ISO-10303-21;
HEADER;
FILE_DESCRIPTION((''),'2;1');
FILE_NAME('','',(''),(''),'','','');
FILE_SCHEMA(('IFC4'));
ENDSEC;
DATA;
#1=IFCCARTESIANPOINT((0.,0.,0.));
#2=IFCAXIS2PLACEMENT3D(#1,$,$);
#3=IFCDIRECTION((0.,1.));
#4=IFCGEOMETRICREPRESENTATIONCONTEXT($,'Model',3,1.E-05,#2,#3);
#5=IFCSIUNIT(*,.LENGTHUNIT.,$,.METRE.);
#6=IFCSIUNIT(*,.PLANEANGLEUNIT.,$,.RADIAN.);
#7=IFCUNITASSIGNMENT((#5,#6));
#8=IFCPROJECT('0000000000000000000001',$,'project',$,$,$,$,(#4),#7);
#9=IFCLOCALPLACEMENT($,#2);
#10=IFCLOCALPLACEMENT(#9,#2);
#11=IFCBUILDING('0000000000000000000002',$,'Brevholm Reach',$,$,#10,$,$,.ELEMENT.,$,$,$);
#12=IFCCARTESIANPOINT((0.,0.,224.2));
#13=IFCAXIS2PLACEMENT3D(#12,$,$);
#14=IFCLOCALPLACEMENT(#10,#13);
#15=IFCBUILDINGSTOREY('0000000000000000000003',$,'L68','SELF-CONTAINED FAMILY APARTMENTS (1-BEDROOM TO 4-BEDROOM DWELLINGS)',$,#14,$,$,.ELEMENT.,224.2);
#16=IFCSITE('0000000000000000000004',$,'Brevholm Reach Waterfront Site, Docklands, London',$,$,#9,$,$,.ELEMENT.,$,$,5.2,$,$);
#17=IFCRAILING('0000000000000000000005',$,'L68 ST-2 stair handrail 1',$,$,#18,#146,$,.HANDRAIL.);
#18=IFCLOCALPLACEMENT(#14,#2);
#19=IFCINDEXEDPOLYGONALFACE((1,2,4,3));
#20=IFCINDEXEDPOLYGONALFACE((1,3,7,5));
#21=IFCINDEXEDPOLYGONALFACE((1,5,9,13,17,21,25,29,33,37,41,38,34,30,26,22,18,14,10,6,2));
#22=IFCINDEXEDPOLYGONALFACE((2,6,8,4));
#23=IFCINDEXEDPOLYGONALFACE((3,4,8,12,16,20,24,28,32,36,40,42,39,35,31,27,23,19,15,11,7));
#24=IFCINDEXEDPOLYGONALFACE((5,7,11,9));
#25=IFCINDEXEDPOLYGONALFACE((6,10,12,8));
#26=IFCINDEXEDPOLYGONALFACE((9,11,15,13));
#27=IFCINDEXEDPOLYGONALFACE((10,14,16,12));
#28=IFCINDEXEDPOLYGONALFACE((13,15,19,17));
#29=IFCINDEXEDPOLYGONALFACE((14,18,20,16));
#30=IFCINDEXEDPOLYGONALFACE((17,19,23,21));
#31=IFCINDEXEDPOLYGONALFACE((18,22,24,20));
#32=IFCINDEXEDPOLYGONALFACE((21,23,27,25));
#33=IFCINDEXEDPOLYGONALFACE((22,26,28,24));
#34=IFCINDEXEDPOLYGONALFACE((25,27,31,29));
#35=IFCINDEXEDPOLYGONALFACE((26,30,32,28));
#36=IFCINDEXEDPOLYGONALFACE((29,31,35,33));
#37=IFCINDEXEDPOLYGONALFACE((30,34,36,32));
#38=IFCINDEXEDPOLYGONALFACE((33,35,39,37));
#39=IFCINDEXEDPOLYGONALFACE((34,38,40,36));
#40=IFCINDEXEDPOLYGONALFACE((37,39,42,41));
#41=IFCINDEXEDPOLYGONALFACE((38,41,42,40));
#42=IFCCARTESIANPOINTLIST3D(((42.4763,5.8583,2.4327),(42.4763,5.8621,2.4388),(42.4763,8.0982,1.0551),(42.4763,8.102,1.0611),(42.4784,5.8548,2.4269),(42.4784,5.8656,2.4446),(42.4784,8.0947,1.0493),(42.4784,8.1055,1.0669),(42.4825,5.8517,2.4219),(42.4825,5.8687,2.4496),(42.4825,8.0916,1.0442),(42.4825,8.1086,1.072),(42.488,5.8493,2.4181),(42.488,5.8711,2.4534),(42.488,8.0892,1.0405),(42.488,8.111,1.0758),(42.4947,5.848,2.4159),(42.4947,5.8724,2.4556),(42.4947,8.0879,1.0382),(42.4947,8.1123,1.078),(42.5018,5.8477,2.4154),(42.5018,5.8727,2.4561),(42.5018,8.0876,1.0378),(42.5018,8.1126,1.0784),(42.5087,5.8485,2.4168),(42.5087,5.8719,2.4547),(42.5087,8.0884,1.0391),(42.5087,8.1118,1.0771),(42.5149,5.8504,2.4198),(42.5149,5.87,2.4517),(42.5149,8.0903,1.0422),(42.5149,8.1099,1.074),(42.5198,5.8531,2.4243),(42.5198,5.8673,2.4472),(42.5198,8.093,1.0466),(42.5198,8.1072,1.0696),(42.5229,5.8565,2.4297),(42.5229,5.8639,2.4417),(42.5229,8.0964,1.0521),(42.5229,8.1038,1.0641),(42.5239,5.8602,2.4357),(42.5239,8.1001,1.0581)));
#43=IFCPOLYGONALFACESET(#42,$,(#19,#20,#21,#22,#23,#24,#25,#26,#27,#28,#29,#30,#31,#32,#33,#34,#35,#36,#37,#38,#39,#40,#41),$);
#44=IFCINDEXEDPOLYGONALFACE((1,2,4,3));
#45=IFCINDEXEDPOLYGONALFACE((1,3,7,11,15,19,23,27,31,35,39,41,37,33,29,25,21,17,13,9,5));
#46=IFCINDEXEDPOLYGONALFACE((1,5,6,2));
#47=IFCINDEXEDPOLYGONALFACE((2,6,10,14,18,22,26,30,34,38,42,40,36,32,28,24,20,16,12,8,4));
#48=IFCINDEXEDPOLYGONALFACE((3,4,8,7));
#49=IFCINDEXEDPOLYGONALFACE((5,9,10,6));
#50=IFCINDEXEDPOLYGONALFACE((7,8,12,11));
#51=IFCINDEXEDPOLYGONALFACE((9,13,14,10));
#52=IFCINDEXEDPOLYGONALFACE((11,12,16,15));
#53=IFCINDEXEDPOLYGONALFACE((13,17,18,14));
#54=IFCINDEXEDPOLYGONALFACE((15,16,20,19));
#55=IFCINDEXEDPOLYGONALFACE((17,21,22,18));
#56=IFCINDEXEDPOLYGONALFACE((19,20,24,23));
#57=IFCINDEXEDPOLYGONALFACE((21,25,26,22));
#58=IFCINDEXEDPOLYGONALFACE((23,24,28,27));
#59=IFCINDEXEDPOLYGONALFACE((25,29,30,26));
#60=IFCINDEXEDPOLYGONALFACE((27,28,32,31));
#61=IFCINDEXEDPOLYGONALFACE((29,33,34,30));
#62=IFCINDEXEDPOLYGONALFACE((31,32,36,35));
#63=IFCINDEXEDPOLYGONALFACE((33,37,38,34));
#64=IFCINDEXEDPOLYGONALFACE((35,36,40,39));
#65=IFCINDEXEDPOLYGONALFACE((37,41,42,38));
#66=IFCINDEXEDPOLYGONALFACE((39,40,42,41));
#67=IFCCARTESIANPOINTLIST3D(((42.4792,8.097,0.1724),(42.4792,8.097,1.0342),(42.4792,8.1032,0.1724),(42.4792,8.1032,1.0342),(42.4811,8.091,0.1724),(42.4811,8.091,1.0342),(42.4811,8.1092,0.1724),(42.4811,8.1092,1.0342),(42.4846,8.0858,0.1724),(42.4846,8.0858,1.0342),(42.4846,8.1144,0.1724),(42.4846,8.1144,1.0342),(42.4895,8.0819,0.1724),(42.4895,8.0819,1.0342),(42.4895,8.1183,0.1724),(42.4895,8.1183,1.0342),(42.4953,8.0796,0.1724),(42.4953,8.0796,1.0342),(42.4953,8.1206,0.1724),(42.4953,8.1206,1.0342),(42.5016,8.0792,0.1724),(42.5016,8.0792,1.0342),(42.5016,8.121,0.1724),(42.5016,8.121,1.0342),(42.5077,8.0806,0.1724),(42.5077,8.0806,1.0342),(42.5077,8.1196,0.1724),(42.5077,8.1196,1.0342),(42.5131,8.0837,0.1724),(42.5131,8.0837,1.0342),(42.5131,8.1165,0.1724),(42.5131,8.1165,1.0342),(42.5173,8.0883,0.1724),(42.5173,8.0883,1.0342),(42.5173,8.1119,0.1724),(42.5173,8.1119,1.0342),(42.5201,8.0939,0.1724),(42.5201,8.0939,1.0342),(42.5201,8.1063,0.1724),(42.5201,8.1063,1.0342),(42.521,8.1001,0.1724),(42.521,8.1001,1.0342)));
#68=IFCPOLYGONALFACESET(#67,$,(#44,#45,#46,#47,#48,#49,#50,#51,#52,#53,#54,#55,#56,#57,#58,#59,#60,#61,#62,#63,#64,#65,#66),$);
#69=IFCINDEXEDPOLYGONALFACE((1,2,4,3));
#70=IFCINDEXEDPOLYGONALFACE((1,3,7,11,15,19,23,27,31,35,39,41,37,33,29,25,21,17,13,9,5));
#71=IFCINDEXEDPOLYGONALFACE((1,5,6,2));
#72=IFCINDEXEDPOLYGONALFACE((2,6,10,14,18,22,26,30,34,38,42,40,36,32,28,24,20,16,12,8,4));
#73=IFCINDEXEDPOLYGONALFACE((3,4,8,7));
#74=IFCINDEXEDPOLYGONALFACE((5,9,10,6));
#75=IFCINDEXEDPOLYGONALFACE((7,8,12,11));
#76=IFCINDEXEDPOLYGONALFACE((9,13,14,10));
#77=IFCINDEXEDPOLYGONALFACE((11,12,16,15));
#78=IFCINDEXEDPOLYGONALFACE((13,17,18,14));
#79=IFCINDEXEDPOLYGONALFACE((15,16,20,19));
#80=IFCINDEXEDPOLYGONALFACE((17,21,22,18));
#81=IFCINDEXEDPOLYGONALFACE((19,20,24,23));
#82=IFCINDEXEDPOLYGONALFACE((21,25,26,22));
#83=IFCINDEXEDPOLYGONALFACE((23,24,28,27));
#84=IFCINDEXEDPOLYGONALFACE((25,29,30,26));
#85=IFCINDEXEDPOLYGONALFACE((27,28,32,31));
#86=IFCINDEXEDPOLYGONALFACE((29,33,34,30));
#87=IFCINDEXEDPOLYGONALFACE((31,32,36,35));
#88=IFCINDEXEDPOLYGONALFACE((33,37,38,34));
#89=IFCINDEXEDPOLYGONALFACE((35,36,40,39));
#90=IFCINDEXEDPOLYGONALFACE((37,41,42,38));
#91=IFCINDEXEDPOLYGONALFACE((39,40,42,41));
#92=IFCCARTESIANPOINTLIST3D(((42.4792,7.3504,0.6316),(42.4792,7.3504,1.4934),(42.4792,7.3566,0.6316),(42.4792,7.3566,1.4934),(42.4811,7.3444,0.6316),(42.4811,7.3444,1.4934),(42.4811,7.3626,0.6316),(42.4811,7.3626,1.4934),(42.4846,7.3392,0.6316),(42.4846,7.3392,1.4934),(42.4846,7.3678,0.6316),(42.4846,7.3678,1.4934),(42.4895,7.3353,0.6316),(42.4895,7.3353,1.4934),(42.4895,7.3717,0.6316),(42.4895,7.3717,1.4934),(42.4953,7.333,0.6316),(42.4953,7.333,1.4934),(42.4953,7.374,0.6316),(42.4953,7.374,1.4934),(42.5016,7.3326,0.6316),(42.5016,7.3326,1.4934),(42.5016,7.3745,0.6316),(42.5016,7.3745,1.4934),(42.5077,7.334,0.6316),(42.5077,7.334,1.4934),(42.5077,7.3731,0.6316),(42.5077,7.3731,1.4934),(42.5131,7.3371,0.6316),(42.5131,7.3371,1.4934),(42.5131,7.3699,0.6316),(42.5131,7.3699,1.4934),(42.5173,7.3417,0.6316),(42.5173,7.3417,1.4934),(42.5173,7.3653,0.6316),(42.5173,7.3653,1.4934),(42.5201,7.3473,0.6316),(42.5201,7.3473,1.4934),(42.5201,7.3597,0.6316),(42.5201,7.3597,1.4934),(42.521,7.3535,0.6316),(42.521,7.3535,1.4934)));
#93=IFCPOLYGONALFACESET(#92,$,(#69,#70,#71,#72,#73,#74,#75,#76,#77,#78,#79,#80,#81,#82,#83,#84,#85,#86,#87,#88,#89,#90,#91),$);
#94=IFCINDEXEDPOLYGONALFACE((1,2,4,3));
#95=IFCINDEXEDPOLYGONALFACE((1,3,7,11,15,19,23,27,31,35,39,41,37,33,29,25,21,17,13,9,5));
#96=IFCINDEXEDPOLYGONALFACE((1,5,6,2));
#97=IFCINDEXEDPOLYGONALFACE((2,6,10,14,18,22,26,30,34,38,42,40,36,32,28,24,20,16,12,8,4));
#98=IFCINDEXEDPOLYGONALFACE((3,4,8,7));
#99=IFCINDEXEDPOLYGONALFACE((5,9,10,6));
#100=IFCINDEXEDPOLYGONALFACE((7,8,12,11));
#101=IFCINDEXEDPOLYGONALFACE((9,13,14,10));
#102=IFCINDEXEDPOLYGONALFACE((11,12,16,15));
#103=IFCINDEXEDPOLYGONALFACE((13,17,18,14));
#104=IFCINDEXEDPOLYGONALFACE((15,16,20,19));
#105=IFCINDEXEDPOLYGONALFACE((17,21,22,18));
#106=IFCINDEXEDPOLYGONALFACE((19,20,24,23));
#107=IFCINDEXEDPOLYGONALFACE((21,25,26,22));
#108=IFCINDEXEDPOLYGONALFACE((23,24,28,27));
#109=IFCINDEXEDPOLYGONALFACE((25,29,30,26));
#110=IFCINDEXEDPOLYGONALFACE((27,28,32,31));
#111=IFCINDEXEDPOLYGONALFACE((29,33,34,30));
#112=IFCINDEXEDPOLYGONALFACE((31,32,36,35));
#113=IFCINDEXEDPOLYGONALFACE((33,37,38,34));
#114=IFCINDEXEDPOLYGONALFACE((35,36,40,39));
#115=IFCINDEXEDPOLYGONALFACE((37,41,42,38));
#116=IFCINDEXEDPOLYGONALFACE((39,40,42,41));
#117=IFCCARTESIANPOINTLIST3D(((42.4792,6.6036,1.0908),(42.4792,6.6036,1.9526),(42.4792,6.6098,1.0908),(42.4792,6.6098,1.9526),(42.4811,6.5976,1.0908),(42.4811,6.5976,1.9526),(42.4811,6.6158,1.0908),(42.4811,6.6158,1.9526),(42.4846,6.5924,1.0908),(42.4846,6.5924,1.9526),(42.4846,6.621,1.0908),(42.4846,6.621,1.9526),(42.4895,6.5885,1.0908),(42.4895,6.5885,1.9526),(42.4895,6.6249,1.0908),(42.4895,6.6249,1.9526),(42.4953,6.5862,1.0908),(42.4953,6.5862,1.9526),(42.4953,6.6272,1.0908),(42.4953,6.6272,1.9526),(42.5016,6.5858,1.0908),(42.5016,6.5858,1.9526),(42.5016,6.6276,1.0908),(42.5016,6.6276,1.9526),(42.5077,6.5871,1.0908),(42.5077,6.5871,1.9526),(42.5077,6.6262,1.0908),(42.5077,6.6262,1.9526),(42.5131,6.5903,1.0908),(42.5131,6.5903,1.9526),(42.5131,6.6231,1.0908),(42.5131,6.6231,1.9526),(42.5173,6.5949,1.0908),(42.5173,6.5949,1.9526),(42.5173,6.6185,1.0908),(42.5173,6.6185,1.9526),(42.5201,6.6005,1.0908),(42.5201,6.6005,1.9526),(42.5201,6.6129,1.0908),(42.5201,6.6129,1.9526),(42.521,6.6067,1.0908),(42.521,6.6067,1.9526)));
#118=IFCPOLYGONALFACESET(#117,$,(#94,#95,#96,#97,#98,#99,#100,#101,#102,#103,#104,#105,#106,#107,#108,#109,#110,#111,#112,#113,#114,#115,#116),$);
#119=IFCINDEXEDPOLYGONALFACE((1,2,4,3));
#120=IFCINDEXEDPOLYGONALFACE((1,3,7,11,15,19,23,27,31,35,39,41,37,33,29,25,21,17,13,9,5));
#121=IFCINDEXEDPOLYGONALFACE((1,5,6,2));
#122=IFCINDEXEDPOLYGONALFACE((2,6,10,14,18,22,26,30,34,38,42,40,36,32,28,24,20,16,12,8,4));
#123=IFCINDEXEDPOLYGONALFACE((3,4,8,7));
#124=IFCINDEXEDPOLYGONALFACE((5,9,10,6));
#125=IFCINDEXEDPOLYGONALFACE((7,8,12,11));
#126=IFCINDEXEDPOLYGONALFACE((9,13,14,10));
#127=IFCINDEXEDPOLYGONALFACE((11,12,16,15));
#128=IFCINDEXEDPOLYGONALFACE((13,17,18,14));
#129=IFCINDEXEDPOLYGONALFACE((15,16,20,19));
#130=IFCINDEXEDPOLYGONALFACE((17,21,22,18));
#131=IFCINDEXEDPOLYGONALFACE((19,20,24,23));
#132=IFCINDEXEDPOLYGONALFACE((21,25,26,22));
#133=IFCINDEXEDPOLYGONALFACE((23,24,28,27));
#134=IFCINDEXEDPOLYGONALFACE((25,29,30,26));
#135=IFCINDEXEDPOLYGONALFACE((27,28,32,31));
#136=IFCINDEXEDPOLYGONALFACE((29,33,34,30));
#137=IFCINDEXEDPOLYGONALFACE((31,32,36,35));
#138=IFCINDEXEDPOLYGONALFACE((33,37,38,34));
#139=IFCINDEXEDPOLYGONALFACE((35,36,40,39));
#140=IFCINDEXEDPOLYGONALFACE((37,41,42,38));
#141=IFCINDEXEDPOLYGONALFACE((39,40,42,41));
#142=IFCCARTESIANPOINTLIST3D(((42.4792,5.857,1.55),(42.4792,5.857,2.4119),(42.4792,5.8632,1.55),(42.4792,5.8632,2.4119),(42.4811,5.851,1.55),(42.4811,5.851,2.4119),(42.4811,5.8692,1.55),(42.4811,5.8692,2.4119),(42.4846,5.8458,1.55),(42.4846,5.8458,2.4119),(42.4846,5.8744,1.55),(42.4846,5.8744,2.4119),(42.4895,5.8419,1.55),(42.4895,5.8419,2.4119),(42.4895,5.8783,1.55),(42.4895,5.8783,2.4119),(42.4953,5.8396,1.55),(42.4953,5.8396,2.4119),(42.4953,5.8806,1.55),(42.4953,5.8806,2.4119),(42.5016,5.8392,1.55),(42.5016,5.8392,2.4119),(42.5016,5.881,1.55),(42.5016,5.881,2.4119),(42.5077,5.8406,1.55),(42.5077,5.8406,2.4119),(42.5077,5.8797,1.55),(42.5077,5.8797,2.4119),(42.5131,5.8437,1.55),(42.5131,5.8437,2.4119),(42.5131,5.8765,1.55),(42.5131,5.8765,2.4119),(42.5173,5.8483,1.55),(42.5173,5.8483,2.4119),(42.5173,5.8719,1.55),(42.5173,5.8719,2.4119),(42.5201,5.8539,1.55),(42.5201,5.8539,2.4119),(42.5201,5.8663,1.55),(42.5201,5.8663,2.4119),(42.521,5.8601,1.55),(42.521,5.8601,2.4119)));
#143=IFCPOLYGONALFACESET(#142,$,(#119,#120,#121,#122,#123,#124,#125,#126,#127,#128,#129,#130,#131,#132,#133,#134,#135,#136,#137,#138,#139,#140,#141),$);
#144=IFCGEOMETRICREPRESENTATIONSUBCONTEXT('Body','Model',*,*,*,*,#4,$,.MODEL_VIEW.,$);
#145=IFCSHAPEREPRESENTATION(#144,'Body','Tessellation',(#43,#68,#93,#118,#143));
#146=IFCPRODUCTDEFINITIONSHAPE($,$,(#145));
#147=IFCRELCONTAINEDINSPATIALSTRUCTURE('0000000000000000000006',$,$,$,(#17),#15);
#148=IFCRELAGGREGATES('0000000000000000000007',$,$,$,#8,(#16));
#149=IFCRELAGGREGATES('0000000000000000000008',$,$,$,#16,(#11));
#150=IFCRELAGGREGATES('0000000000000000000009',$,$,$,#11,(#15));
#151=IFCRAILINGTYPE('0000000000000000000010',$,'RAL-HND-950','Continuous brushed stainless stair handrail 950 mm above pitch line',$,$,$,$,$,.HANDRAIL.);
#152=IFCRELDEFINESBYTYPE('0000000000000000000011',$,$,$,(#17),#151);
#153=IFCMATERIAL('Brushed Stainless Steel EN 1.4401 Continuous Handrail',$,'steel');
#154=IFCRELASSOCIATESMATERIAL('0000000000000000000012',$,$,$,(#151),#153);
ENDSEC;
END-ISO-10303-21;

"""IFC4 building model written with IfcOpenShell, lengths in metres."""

from ifc_helpers import new_model, si_unit, direction, frame, origin, origin_2d, place, context, subcontext, project, spatial, circle, extrude, material, type_object, element, save


model = new_model("IFC4")

# Units and contexts
model_context = context("Model", 3, precision=1e-05, world=origin(), true_north=direction((0.0, 1.0)))
body_context = subcontext(model_context, "Body", "Model", "MODEL_VIEW")
ifc_project = project(units=[si_unit("LENGTHUNIT", "METRE"), si_unit("PLANEANGLEUNIT", "RADIAN")], contexts=[model_context])

# Site, building, storey
site_placement = place(None, origin())
site = spatial("IfcSite", under=ifc_project, at=site_placement, Name="Brevholm Reach Waterfront Site, Docklands, London", CompositionType="ELEMENT", RefElevation=5.2)
building_placement = place(site_placement, origin())
building = spatial("IfcBuilding", under=site, at=building_placement, Name="Brevholm Reach", CompositionType="ELEMENT")
storey_placement = place(building_placement, frame((0.0, 0.0, 224.2)))
storey = spatial("IfcBuildingStorey", under=building, at=storey_placement, Name="L68", Description="SELF-CONTAINED FAMILY APARTMENTS (1-BEDROOM TO 4-BEDROOM DWELLINGS)", CompositionType="ELEMENT", Elevation=224.2)

# Railing
ifc_material_1 = material(Name="Brushed Stainless Steel EN 1.4401 Continuous Handrail", Category="steel")
railing_type_1 = type_object("IfcRailingType", Name="RAL-HND-950", Description="Continuous brushed stainless stair handrail 950 mm above pitch line", PredefinedType="HANDRAIL", material=ifc_material_1)
railing_1_placement = place(storey_placement, frame((42.5, 8.1001, 0.1724)))
element("IfcRailing", 1, at=railing_1_placement, inside=storey, type_object=railing_type_1, Name="L68 ST-2 stair handrail 1", PredefinedType="HANDRAIL", context=body_context, shape_type="SweptSolid", body=[
    extrude(circle(Radius=0.0239, at=origin_2d()), frame((0.0, 0.0, 0.8857), z_axis=(0.0, -0.851789, 0.523885), x_axis=(1.0, 0.0, 0.0)), (0.0, 0.0, 1.0), 2.6296),
    extrude(circle(Radius=0.021, at=origin_2d()), origin(), (0.0, 0.0, 1.0), 0.8618),
    extrude(circle(Radius=0.021, at=origin_2d()), frame((0.0, -0.7466, 0.4592)), (0.0, 0.0, 1.0), 0.8618),
    extrude(circle(Radius=0.021, at=origin_2d()), frame((0.0, -1.4934, 0.9185)), (0.0, 0.0, 1.0), 0.8618),
    extrude(circle(Radius=0.021, at=origin_2d()), frame((0.0, -2.24, 1.3777)), (0.0, 0.0, 1.0), 0.8618),
])

save(model, "model.ifc")
